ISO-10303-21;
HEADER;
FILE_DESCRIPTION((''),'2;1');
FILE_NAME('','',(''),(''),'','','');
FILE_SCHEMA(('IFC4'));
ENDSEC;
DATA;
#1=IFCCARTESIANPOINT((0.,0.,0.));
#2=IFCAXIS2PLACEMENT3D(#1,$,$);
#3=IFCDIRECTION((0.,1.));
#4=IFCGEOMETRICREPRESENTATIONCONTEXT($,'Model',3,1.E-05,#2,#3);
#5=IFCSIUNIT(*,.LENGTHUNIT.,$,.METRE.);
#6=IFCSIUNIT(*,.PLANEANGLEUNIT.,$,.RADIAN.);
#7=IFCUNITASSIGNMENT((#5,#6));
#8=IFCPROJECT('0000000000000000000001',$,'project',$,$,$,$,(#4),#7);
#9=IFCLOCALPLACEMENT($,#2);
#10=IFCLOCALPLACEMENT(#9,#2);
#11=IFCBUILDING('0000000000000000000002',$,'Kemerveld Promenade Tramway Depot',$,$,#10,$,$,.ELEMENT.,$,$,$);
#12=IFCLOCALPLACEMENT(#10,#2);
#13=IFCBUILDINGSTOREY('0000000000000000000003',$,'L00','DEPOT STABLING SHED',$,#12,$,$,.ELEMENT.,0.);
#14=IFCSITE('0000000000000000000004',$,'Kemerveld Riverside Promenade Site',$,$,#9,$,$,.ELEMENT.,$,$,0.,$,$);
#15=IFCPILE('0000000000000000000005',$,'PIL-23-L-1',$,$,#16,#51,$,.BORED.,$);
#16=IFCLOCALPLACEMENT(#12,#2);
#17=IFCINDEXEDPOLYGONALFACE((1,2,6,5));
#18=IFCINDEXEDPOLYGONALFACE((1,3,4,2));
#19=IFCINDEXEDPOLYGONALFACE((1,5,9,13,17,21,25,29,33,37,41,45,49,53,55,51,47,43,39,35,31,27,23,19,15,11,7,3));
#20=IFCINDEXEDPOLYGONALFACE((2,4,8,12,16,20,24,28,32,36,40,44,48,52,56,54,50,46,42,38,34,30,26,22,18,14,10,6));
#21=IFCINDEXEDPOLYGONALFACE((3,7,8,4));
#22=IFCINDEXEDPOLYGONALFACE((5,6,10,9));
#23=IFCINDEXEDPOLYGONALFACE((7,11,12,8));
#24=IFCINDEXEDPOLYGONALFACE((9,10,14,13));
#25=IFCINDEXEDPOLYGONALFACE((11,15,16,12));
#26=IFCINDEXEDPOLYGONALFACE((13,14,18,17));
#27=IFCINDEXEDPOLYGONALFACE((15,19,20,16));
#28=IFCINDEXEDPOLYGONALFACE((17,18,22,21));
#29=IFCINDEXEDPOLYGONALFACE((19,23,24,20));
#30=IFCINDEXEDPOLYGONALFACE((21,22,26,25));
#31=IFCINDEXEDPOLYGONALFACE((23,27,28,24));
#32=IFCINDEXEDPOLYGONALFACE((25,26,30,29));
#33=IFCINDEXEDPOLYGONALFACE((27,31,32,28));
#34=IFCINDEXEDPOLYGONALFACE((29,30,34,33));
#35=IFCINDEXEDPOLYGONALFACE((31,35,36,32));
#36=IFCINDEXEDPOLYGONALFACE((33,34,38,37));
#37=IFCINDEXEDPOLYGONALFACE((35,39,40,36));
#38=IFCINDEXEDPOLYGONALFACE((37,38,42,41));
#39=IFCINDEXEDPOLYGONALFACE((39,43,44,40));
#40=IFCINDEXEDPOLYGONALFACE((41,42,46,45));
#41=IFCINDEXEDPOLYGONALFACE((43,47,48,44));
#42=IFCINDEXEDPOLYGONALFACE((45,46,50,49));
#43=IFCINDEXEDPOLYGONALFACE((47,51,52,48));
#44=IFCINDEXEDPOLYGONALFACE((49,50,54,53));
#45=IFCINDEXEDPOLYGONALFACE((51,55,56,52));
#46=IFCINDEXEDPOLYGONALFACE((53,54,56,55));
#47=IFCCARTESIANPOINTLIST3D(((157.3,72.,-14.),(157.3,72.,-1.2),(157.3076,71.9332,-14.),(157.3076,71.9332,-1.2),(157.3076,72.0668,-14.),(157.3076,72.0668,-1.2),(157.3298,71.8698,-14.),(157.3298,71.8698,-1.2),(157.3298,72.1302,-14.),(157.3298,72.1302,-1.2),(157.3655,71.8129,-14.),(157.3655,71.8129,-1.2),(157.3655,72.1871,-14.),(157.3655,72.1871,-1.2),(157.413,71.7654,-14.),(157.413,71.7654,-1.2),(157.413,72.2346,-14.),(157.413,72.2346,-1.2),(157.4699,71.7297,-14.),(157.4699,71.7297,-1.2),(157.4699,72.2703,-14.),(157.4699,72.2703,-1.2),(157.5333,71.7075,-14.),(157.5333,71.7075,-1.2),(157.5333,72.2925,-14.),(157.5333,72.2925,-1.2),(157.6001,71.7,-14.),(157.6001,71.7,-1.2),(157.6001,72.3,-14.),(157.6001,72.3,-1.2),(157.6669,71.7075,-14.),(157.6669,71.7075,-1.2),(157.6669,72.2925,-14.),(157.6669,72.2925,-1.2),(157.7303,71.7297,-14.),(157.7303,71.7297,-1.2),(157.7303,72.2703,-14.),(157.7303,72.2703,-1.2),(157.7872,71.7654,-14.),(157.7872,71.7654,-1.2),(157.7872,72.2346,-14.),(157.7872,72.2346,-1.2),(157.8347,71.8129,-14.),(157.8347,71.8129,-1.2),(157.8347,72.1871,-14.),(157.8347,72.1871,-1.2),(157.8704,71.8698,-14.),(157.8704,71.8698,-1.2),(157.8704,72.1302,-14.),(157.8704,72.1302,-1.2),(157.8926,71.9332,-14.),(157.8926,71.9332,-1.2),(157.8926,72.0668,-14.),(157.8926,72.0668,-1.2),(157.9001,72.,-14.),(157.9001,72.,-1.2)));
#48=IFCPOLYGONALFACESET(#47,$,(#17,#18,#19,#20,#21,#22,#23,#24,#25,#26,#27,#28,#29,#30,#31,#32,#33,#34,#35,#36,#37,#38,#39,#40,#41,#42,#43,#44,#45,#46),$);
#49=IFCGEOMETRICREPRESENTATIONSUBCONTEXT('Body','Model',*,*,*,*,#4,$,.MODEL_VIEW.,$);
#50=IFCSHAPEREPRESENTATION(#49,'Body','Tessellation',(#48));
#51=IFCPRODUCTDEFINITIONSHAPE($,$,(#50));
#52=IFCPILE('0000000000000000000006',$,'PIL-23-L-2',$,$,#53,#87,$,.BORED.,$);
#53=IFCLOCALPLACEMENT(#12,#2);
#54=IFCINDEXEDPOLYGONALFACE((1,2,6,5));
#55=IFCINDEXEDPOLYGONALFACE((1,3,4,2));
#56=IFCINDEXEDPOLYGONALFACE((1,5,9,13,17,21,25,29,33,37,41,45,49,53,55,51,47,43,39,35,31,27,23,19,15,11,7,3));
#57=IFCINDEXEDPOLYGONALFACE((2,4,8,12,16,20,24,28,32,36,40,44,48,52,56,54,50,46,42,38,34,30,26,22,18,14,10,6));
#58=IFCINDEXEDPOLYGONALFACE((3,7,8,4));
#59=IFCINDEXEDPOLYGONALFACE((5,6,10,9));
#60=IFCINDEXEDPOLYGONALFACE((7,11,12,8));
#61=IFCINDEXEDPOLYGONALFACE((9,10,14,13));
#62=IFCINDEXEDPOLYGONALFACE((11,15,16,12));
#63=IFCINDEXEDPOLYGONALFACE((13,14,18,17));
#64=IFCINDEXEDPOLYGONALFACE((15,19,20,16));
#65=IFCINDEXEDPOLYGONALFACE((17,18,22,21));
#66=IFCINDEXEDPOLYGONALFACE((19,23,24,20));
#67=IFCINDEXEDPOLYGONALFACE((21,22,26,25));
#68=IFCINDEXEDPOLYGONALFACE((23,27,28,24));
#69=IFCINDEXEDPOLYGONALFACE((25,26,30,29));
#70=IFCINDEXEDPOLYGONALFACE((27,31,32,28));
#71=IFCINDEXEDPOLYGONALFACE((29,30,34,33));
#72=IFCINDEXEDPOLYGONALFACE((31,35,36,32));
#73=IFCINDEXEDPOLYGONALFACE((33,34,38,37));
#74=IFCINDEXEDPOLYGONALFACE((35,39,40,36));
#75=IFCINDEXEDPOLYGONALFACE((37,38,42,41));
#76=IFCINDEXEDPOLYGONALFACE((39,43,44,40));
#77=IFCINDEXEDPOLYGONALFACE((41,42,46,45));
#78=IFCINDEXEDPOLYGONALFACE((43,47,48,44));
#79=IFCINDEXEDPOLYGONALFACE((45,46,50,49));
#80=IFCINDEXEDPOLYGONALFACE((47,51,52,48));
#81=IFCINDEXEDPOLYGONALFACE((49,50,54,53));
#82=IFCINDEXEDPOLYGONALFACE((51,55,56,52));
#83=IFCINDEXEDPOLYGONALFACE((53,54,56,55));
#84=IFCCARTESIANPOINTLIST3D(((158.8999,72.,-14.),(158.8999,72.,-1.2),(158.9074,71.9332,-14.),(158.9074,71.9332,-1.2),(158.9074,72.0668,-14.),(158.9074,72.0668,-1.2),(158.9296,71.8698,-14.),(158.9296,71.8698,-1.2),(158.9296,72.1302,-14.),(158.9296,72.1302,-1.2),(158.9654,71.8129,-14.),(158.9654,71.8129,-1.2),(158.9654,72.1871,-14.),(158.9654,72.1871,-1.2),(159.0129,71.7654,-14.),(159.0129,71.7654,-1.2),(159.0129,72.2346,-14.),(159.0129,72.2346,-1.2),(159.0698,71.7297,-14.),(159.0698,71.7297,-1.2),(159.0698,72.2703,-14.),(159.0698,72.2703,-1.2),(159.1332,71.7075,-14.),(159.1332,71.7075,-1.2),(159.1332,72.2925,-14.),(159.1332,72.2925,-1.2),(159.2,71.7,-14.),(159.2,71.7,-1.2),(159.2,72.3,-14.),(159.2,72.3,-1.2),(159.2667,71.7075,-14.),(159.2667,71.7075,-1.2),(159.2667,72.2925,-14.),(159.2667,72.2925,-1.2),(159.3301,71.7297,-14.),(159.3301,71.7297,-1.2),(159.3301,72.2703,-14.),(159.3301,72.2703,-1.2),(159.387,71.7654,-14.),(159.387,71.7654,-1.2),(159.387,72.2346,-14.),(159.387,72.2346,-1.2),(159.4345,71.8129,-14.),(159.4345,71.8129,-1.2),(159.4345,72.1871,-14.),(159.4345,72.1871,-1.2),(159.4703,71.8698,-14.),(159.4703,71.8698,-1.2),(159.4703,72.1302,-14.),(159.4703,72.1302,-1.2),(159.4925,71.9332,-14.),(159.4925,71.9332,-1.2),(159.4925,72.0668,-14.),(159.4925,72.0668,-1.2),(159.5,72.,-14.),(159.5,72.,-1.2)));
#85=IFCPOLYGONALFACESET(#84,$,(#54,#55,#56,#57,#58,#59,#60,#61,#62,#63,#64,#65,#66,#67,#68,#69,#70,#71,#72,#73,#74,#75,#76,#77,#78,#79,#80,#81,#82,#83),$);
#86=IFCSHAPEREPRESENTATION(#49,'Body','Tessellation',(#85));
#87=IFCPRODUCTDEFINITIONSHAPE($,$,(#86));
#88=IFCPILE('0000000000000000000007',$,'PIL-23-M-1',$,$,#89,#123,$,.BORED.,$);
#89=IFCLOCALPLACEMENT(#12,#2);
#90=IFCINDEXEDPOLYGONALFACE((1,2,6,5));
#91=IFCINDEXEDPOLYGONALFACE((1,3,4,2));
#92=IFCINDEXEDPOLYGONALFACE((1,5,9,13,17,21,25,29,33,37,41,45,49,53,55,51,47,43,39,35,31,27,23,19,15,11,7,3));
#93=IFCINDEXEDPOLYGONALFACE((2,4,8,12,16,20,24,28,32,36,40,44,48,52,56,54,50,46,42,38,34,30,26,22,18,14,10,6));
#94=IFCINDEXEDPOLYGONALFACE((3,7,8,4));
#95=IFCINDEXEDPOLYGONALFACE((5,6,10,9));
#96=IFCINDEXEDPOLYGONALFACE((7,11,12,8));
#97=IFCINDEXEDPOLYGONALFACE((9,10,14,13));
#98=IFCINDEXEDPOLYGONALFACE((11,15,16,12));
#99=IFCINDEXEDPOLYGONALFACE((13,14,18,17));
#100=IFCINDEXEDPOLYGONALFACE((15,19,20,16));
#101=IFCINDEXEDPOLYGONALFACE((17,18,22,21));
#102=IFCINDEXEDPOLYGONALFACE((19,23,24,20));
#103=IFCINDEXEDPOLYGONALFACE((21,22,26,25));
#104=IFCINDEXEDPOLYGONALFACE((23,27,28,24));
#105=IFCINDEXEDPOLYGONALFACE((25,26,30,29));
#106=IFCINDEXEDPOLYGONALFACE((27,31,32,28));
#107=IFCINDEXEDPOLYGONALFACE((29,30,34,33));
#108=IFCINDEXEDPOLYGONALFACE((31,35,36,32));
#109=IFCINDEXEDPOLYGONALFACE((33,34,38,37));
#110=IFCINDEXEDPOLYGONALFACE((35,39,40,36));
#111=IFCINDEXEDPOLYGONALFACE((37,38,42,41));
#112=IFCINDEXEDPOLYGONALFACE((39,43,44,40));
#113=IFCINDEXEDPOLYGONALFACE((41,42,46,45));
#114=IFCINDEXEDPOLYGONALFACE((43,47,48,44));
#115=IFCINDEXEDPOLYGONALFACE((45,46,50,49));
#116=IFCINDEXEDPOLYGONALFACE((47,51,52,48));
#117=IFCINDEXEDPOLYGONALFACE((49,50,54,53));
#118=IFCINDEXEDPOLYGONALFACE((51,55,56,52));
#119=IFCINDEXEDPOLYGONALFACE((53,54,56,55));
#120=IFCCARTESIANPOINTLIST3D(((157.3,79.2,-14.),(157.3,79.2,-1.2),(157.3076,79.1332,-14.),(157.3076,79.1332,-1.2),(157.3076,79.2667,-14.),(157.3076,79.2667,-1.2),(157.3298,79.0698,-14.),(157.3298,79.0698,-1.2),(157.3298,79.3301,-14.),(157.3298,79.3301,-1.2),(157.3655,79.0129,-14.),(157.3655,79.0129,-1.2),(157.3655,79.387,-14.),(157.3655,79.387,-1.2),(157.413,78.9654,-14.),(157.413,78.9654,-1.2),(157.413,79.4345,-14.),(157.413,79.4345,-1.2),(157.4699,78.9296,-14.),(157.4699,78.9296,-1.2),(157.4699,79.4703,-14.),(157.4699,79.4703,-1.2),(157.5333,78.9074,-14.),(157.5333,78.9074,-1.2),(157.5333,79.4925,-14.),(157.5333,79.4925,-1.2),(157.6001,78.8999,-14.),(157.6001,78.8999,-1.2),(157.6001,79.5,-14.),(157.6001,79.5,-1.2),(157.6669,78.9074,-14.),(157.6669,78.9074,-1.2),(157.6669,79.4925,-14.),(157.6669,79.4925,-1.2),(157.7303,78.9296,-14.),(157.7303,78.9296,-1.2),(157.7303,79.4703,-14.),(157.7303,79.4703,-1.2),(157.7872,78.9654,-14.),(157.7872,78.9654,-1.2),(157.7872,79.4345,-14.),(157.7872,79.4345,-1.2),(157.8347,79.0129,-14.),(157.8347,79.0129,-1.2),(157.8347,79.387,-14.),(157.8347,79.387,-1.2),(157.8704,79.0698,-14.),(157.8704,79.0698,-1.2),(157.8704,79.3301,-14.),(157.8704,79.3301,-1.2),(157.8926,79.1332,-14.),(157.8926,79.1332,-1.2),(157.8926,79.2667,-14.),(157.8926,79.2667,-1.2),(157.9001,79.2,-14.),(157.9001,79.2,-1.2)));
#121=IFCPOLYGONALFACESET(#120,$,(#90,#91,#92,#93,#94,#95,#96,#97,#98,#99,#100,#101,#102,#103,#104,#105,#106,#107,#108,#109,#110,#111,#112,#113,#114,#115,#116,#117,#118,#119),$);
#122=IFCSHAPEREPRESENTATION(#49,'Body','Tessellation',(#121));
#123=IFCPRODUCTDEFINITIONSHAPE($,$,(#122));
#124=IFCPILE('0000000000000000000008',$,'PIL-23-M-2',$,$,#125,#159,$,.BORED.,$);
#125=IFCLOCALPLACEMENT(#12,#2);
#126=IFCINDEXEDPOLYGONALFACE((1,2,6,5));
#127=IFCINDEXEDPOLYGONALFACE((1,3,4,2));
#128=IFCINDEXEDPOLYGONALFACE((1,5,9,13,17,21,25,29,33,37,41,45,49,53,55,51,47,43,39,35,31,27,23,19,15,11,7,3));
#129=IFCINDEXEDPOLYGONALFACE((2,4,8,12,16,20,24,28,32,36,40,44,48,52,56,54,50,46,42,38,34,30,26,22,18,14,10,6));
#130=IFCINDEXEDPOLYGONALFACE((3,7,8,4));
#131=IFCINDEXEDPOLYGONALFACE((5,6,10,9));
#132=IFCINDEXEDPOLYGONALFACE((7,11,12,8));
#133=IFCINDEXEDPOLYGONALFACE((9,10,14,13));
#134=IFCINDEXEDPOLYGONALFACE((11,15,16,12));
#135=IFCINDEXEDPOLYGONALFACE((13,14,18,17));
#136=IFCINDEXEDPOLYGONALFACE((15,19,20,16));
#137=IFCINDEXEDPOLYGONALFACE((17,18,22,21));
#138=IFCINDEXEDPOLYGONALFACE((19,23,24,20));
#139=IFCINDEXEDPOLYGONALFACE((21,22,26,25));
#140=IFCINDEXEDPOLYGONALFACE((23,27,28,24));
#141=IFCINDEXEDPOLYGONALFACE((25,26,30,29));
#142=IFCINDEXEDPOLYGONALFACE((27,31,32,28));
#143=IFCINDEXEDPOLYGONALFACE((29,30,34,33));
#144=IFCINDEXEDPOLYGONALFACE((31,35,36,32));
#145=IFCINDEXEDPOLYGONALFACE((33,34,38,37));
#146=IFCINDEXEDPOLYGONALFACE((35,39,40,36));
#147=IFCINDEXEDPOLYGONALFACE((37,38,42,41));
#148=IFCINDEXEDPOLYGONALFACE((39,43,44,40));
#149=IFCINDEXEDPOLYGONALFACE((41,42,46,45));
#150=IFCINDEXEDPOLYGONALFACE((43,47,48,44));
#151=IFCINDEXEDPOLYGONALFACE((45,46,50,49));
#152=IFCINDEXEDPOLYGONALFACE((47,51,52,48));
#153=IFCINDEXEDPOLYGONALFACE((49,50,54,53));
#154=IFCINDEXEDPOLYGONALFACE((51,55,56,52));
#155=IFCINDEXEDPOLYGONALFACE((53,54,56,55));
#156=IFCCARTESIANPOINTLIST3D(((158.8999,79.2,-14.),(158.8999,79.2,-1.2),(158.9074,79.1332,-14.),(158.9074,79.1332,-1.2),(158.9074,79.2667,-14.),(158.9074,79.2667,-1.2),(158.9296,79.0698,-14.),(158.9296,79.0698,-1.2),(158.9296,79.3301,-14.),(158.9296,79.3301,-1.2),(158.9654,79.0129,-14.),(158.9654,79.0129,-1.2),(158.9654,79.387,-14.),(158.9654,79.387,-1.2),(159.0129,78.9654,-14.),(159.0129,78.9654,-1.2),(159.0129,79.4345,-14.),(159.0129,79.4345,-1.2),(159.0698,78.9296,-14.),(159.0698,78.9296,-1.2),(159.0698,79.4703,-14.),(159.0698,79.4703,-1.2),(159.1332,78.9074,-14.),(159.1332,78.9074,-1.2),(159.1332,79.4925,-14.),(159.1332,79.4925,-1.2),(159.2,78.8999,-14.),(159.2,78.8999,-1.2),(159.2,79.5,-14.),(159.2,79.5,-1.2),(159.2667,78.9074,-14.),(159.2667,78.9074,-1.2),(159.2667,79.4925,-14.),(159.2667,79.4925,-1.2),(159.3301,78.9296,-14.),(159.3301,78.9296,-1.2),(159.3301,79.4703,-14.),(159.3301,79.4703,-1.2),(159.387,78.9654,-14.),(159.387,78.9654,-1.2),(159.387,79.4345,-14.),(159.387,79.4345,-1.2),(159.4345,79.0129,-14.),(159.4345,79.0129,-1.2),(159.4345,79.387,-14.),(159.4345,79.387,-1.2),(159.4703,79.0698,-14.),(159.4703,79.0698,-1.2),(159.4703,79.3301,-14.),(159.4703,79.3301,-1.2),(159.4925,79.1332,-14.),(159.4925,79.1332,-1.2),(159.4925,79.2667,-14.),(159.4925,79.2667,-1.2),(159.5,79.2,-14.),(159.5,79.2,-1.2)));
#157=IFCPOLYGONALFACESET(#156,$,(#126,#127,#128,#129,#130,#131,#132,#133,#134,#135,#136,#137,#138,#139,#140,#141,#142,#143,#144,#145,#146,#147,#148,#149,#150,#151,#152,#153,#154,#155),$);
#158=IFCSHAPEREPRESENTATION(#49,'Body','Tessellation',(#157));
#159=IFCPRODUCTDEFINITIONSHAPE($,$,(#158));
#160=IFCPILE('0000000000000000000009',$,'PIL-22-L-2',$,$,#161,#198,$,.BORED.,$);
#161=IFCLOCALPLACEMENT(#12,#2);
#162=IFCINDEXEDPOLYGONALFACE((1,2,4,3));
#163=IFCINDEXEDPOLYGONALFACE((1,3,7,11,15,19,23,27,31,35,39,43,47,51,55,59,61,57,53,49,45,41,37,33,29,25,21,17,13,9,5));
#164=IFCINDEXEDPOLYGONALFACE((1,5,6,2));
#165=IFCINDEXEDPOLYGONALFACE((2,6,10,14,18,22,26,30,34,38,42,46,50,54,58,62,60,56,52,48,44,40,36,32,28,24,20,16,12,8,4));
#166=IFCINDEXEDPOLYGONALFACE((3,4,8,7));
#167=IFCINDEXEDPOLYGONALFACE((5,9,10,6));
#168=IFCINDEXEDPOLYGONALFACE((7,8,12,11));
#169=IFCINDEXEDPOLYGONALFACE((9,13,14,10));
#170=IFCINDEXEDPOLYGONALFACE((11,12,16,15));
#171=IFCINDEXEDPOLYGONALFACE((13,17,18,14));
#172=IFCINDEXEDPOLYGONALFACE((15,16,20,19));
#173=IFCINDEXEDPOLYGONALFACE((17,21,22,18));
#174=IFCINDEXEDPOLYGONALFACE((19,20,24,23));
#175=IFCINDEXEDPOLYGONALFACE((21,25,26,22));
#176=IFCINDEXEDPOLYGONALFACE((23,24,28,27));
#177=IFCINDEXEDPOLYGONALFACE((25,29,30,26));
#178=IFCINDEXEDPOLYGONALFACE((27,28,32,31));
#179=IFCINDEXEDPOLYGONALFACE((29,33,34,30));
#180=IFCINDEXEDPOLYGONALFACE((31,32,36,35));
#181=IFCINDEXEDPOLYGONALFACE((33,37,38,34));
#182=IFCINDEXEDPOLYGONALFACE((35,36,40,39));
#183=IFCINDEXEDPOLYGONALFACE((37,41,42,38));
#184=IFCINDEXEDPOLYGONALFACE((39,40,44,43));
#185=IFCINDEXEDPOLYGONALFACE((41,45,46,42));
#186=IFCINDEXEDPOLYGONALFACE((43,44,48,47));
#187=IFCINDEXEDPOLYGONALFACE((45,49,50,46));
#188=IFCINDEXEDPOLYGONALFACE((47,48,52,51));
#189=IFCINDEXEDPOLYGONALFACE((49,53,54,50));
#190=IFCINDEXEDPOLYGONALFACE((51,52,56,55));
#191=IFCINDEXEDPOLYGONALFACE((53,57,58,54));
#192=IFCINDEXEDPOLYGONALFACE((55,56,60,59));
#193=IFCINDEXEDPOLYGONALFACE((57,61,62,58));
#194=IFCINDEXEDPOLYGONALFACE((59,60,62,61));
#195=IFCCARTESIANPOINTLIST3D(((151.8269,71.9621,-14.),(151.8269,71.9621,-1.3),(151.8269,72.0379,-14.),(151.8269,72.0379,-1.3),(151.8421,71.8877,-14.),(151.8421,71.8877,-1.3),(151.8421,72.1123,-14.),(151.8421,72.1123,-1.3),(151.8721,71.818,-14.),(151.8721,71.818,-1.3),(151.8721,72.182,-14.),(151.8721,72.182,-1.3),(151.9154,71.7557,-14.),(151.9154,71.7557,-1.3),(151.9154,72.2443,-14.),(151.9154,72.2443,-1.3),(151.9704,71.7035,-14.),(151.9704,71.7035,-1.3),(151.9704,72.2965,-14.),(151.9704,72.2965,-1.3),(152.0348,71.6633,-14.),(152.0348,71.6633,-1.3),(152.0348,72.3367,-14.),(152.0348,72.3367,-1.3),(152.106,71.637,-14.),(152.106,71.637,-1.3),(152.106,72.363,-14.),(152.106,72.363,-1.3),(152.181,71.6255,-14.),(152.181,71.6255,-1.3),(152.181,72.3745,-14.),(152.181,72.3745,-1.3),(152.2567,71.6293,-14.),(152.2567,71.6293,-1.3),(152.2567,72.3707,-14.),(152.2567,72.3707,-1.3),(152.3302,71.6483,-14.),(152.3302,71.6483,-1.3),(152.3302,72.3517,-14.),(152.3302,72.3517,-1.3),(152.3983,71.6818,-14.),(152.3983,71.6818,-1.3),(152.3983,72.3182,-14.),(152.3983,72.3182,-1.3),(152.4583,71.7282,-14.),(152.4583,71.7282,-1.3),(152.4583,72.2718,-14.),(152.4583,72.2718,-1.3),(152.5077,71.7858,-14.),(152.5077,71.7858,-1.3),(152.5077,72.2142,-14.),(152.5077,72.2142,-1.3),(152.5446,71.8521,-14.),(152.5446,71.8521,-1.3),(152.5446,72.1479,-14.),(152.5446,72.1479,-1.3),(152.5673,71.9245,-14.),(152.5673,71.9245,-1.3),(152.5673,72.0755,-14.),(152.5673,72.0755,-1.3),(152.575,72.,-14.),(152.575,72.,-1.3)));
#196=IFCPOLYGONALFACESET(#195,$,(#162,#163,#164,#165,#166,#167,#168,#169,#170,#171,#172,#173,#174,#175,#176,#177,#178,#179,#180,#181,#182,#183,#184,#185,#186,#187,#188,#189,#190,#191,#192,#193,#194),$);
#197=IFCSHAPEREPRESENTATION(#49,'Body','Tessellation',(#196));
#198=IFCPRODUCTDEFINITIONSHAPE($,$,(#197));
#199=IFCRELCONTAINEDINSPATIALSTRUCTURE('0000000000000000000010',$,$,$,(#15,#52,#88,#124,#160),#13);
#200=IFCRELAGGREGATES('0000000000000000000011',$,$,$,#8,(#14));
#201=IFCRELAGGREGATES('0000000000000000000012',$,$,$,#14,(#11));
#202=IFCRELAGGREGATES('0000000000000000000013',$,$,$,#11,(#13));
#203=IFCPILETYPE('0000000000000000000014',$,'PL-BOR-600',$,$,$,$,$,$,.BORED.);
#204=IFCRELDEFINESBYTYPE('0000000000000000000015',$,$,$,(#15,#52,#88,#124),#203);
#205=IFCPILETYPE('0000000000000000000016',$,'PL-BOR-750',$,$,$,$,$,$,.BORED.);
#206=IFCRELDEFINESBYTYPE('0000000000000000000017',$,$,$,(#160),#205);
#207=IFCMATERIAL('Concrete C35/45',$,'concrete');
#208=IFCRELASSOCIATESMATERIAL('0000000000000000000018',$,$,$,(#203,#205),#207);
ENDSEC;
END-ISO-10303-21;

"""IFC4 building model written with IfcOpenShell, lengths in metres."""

from ifc_helpers import new_model, si_unit, direction, frame, origin, origin_2d, place, context, subcontext, project, spatial, circle, extrude, material, material_profile, profile_set, type_object, element, save


model = new_model("IFC4")

# Units and contexts
model_context = context("Model", 3, precision=1e-05, world=origin(), true_north=direction((0.0, 1.0)))
body_context = subcontext(model_context, "Body", "Model", "MODEL_VIEW")
ifc_project = project(units=[si_unit("LENGTHUNIT", "METRE"), si_unit("PLANEANGLEUNIT", "RADIAN")], contexts=[model_context])

# Site, building, storey
site_placement = place(None, origin())
site = spatial("IfcSite", under=ifc_project, at=site_placement, Name="Kemerveld Riverside Promenade Site", CompositionType="ELEMENT", RefElevation=0.0)
building_placement = place(site_placement, origin())
building = spatial("IfcBuilding", under=site, at=building_placement, Name="Kemerveld Promenade Tramway Depot", CompositionType="ELEMENT")
storey_placement = place(building_placement, origin())
storey = spatial("IfcBuildingStorey", under=building, at=storey_placement, Name="L00", Description="DEPOT STABLING SHED", CompositionType="ELEMENT", Elevation=0.0)

# Shared definitions
ifc_material_1 = material(Name="Concrete C35/45", Category="concrete")

# Piles
ifc_material_profile_1 = material_profile(ifc_material_1, circle(Radius=0.3, at=origin_2d()), Name="PILE-D600")
ifc_profile_set_1 = profile_set([ifc_material_profile_1], Name="Concrete C35/45")
pile_type_1 = type_object("IfcPileType", Name="PL-BOR-600", PredefinedType="BORED", material=ifc_profile_set_1)
for number, where, z_axis, x_axis, name in (
    (1, (157.6001, 72.0, -1.2), (0.0, 0.0, -1.0), (1.0, 0.0, 0.0), "PIL-23-L-1"),
    (2, (159.2, 72.0, -1.2), (0.0, 0.0, -1.0), (1.0, 0.0, 0.0), "PIL-23-L-2"),
    (3, (157.6001, 79.2, -1.2), (0.0, 0.0, -1.0), (1.0, 0.0, 0.0), "PIL-23-M-1"),
    (4, (159.2, 79.2, -1.2), (0.0, 0.0, -1.0), (1.0, 0.0, 0.0), "PIL-23-M-2"),
):
    element("IfcPile", number, at=place(storey_placement, frame(where, z_axis=z_axis, x_axis=x_axis)), inside=storey, type_object=pile_type_1, Name=name, PredefinedType="BORED", context=body_context, shape_type="SweptSolid", body=[
        extrude(circle(Radius=0.3, at=origin_2d()), origin(), (0.0, 0.0, 1.0), 12.8),
    ])
ifc_material_profile_2 = material_profile(ifc_material_1, circle(Radius=0.375, at=origin_2d()), Name="PILE-D750")
ifc_profile_set_2 = profile_set([ifc_material_profile_2], Name="Concrete C35/45")
pile_type_2 = type_object("IfcPileType", Name="PL-BOR-750", PredefinedType="BORED", material=ifc_profile_set_2)
for number, where, z_axis, x_axis, name in (
    (5, (152.2, 72.0, -1.3), (0.0, 0.0, -1.0), (1.0, 0.0, 0.0), "PIL-22-L-2"),
):
    element("IfcPile", number, at=place(storey_placement, frame(where, z_axis=z_axis, x_axis=x_axis)), inside=storey, type_object=pile_type_2, Name=name, PredefinedType="BORED", context=body_context, shape_type="SweptSolid", body=[
        extrude(circle(Radius=0.375, at=origin_2d()), origin(), (0.0, 0.0, 1.0), 12.7),
    ])

save(model, "model.ifc")
